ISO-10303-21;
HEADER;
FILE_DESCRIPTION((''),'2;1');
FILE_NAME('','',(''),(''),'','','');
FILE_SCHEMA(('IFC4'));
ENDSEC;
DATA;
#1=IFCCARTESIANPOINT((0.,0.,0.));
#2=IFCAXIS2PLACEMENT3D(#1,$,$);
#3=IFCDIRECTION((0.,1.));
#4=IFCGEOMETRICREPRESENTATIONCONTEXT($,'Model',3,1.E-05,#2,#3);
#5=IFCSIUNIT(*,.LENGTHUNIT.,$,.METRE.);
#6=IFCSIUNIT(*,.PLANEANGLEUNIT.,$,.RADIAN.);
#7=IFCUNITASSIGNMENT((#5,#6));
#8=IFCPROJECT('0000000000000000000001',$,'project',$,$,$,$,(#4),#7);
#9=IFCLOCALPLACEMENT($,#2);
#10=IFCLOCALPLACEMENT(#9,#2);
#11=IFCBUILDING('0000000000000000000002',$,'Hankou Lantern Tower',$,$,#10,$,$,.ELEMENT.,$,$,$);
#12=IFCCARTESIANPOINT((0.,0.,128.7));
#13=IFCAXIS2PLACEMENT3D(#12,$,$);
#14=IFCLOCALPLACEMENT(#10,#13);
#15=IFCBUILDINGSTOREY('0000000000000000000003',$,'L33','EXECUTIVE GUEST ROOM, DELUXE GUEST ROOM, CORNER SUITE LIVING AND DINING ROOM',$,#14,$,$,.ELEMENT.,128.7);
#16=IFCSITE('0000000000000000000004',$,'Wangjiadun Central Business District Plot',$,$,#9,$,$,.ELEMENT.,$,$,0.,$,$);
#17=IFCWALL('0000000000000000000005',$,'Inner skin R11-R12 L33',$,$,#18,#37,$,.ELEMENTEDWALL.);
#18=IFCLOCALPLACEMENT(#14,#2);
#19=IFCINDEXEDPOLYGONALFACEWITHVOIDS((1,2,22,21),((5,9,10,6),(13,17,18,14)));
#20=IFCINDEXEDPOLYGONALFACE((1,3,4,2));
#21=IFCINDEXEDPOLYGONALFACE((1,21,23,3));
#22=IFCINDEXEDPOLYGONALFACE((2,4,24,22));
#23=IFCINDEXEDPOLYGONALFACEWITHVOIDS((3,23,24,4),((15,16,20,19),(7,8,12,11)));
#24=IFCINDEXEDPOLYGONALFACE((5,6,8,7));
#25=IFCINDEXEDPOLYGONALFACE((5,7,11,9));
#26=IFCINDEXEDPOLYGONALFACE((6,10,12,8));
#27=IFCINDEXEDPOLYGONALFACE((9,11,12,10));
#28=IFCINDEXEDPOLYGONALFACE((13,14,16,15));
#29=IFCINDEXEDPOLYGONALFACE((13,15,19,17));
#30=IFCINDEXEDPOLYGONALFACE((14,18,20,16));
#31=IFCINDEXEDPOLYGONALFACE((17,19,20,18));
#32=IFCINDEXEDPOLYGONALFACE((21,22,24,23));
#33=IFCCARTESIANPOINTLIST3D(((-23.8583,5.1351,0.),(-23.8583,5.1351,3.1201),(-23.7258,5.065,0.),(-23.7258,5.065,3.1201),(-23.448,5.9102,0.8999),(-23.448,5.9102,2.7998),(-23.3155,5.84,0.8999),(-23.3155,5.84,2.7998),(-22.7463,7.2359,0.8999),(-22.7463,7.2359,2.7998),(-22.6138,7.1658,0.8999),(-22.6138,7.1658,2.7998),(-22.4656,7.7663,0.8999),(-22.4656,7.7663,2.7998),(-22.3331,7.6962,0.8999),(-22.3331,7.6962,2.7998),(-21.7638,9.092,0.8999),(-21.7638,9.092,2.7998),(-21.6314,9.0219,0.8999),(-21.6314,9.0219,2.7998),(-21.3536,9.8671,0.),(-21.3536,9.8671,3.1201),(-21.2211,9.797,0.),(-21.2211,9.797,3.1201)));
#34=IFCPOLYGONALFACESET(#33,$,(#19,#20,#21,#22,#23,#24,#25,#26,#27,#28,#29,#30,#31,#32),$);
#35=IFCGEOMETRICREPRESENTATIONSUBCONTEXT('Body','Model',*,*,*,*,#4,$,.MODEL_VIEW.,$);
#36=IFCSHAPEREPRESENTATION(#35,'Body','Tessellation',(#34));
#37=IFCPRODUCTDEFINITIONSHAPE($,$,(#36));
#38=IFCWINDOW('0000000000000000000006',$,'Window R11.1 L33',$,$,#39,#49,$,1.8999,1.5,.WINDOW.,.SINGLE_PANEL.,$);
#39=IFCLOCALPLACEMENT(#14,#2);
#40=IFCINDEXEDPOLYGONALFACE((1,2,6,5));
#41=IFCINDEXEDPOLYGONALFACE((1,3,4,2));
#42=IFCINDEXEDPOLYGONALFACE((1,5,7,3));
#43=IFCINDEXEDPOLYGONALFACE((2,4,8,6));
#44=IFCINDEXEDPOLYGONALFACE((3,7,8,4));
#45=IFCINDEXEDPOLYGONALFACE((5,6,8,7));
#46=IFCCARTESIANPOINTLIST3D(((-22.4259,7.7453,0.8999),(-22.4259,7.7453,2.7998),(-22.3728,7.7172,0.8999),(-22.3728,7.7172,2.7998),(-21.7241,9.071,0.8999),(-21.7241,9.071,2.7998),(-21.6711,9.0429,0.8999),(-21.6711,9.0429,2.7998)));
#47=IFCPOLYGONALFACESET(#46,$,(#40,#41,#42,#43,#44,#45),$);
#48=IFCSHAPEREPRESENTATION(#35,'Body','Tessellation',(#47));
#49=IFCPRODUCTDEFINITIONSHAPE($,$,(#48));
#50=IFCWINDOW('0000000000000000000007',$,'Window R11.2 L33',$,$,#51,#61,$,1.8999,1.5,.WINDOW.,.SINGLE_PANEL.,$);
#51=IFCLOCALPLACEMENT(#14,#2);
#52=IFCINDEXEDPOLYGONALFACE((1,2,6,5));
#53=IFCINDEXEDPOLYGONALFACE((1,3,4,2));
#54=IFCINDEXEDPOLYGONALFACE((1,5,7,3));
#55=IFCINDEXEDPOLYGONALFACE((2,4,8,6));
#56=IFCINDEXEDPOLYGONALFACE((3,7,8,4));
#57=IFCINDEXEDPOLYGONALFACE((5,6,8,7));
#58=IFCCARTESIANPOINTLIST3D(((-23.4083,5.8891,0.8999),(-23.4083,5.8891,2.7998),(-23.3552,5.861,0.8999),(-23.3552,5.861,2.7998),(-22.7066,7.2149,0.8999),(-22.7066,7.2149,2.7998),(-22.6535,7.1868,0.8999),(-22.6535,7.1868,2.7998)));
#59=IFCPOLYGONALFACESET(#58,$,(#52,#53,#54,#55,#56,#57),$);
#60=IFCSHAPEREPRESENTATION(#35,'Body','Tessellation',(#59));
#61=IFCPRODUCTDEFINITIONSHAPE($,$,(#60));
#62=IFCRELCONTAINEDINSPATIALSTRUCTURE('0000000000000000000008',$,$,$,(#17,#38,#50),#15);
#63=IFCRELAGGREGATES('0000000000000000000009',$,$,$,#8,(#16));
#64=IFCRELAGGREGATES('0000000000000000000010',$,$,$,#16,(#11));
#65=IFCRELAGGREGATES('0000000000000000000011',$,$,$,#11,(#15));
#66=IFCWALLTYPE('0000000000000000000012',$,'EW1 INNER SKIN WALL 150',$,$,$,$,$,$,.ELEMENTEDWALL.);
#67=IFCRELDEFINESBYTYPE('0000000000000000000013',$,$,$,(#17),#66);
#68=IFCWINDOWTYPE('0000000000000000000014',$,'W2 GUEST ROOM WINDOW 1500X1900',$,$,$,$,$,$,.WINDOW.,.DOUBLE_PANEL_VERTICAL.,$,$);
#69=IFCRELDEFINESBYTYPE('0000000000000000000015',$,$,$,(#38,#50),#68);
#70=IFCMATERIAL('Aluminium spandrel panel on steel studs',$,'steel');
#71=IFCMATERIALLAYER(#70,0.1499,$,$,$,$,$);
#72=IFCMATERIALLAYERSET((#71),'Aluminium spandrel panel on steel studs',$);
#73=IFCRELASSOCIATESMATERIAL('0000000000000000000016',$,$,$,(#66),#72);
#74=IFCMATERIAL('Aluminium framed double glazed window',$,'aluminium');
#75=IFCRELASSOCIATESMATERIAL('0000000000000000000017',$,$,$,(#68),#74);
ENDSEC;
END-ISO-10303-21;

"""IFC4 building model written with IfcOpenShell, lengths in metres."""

from ifc_helpers import new_model, si_unit, direction, frame, frame_2d, origin, place, context, subcontext, project, spatial, rectangle, extrude, material, layer, layer_set, type_object, element, fill, save


model = new_model("IFC4")

# Units and contexts
model_context = context("Model", 3, precision=1e-05, world=origin(), true_north=direction((0.0, 1.0)))
body_context = subcontext(model_context, "Body", "Model", "MODEL_VIEW")
ifc_project = project(units=[si_unit("LENGTHUNIT", "METRE"), si_unit("PLANEANGLEUNIT", "RADIAN")], contexts=[model_context])

# Site, building, storey
site_placement = place(None, origin())
site = spatial("IfcSite", under=ifc_project, at=site_placement, Name="Wangjiadun Central Business District Plot", CompositionType="ELEMENT", RefElevation=0.0)
building_placement = place(site_placement, origin())
building = spatial("IfcBuilding", under=site, at=building_placement, Name="Hankou Lantern Tower", CompositionType="ELEMENT")
storey_placement = place(building_placement, frame((0.0, 0.0, 128.7)))
storey = spatial("IfcBuildingStorey", under=building, at=storey_placement, Name="L33", Description="EXECUTIVE GUEST ROOM, DELUXE GUEST ROOM, CORNER SUITE LIVING AND DINING ROOM", CompositionType="ELEMENT", Elevation=128.7)

# Wall, openings, windows
ifc_material_1 = material(Name="Aluminium spandrel panel on steel studs", Category="steel")
ifc_layer_1 = layer(ifc_material_1, 0.1499)
ifc_layer_set_1 = layer_set([ifc_layer_1], Name="Aluminium spandrel panel on steel studs")
wall_type = type_object("IfcWallType", Name="EW1 INNER SKIN WALL 150", PredefinedType="ELEMENTEDWALL", material=ifc_layer_set_1)
ifc_material_2 = material(Name="Aluminium framed double glazed window", Category="aluminium")
window_type = type_object("IfcWindowType", Name="W2 GUEST ROOM WINDOW 1500X1900", PartitioningType="DOUBLE_PANEL_VERTICAL", PredefinedType="WINDOW", material=ifc_material_2)
wall_1_placement = place(storey_placement, frame((-21.2874, 9.832, 0.0), z_axis=(0.0, 0.0, 1.0), x_axis=(-0.467814, -0.883827, 0.0)))
wall_1 = element("IfcWall", 1, at=wall_1_placement, inside=storey, type_object=wall_type, Name="Inner skin R11-R12 L33", PredefinedType="ELEMENTEDWALL", context=body_context, shape_type="SweptSolid", body=[
    extrude(rectangle(XDim=5.354, YDim=0.1499, at=frame_2d((2.677, 0.0))), origin(), (0.0, 0.0, 1.0), 3.1201),
])
opening_1_placement = place(wall_1_placement, frame((0.877, 0.0, 0.8999)))
opening_1 = element("IfcOpeningElement", 2, at=opening_1_placement, cuts=wall_1, PredefinedType="OPENING", context=body_context, shape_type="SweptSolid", body=[
    extrude(rectangle(XDim=1.5, YDim=1.8999, at=frame_2d((0.75, 0.95))), frame((0.0, 0.085, 0.0), z_axis=(0.0, -1.0, 0.0), x_axis=(1.0, 0.0, 0.0)), (0.0, 0.0, 1.0), 0.1699),
])
opening_2_placement = place(wall_1_placement, frame((2.9771, 0.0, 0.8999)))
opening_2 = element("IfcOpeningElement", 3, at=opening_2_placement, cuts=wall_1, PredefinedType="OPENING", context=body_context, shape_type="SweptSolid", body=[
    extrude(rectangle(XDim=1.5, YDim=1.8999, at=frame_2d((0.75, 0.95))), frame((0.0, 0.085, 0.0), z_axis=(0.0, -1.0, 0.0), x_axis=(1.0, 0.0, 0.0)), (0.0, 0.0, 1.0), 0.1699),
])
window_1_placement = place(opening_1_placement, origin())
window_1 = element("IfcWindow", 4, at=window_1_placement, inside=storey, type_object=window_type, Name="Window R11.1 L33", OverallHeight=1.8999, OverallWidth=1.5, PartitioningType="SINGLE_PANEL", PredefinedType="WINDOW", context=body_context, shape_type="SweptSolid", body=[
    extrude(rectangle(XDim=1.5, YDim=1.8999, at=frame_2d((0.75, 0.95))), frame((0.0, 0.03, 0.0), z_axis=(0.0, -1.0, 0.0), x_axis=(1.0, 0.0, 0.0)), (0.0, 0.0, 1.0), 0.0601),
])
fill(opening_1, window_1)
window_2_placement = place(opening_2_placement, origin())
window_2 = element("IfcWindow", 5, at=window_2_placement, inside=storey, type_object=window_type, Name="Window R11.2 L33", OverallHeight=1.8999, OverallWidth=1.5, PartitioningType="SINGLE_PANEL", PredefinedType="WINDOW", context=body_context, shape_type="SweptSolid", body=[
    extrude(rectangle(XDim=1.5, YDim=1.8999, at=frame_2d((0.75, 0.95))), frame((0.0, 0.03, 0.0), z_axis=(0.0, -1.0, 0.0), x_axis=(1.0, 0.0, 0.0)), (0.0, 0.0, 1.0), 0.0601),
])
fill(opening_2, window_2)

save(model, "model.ifc")
